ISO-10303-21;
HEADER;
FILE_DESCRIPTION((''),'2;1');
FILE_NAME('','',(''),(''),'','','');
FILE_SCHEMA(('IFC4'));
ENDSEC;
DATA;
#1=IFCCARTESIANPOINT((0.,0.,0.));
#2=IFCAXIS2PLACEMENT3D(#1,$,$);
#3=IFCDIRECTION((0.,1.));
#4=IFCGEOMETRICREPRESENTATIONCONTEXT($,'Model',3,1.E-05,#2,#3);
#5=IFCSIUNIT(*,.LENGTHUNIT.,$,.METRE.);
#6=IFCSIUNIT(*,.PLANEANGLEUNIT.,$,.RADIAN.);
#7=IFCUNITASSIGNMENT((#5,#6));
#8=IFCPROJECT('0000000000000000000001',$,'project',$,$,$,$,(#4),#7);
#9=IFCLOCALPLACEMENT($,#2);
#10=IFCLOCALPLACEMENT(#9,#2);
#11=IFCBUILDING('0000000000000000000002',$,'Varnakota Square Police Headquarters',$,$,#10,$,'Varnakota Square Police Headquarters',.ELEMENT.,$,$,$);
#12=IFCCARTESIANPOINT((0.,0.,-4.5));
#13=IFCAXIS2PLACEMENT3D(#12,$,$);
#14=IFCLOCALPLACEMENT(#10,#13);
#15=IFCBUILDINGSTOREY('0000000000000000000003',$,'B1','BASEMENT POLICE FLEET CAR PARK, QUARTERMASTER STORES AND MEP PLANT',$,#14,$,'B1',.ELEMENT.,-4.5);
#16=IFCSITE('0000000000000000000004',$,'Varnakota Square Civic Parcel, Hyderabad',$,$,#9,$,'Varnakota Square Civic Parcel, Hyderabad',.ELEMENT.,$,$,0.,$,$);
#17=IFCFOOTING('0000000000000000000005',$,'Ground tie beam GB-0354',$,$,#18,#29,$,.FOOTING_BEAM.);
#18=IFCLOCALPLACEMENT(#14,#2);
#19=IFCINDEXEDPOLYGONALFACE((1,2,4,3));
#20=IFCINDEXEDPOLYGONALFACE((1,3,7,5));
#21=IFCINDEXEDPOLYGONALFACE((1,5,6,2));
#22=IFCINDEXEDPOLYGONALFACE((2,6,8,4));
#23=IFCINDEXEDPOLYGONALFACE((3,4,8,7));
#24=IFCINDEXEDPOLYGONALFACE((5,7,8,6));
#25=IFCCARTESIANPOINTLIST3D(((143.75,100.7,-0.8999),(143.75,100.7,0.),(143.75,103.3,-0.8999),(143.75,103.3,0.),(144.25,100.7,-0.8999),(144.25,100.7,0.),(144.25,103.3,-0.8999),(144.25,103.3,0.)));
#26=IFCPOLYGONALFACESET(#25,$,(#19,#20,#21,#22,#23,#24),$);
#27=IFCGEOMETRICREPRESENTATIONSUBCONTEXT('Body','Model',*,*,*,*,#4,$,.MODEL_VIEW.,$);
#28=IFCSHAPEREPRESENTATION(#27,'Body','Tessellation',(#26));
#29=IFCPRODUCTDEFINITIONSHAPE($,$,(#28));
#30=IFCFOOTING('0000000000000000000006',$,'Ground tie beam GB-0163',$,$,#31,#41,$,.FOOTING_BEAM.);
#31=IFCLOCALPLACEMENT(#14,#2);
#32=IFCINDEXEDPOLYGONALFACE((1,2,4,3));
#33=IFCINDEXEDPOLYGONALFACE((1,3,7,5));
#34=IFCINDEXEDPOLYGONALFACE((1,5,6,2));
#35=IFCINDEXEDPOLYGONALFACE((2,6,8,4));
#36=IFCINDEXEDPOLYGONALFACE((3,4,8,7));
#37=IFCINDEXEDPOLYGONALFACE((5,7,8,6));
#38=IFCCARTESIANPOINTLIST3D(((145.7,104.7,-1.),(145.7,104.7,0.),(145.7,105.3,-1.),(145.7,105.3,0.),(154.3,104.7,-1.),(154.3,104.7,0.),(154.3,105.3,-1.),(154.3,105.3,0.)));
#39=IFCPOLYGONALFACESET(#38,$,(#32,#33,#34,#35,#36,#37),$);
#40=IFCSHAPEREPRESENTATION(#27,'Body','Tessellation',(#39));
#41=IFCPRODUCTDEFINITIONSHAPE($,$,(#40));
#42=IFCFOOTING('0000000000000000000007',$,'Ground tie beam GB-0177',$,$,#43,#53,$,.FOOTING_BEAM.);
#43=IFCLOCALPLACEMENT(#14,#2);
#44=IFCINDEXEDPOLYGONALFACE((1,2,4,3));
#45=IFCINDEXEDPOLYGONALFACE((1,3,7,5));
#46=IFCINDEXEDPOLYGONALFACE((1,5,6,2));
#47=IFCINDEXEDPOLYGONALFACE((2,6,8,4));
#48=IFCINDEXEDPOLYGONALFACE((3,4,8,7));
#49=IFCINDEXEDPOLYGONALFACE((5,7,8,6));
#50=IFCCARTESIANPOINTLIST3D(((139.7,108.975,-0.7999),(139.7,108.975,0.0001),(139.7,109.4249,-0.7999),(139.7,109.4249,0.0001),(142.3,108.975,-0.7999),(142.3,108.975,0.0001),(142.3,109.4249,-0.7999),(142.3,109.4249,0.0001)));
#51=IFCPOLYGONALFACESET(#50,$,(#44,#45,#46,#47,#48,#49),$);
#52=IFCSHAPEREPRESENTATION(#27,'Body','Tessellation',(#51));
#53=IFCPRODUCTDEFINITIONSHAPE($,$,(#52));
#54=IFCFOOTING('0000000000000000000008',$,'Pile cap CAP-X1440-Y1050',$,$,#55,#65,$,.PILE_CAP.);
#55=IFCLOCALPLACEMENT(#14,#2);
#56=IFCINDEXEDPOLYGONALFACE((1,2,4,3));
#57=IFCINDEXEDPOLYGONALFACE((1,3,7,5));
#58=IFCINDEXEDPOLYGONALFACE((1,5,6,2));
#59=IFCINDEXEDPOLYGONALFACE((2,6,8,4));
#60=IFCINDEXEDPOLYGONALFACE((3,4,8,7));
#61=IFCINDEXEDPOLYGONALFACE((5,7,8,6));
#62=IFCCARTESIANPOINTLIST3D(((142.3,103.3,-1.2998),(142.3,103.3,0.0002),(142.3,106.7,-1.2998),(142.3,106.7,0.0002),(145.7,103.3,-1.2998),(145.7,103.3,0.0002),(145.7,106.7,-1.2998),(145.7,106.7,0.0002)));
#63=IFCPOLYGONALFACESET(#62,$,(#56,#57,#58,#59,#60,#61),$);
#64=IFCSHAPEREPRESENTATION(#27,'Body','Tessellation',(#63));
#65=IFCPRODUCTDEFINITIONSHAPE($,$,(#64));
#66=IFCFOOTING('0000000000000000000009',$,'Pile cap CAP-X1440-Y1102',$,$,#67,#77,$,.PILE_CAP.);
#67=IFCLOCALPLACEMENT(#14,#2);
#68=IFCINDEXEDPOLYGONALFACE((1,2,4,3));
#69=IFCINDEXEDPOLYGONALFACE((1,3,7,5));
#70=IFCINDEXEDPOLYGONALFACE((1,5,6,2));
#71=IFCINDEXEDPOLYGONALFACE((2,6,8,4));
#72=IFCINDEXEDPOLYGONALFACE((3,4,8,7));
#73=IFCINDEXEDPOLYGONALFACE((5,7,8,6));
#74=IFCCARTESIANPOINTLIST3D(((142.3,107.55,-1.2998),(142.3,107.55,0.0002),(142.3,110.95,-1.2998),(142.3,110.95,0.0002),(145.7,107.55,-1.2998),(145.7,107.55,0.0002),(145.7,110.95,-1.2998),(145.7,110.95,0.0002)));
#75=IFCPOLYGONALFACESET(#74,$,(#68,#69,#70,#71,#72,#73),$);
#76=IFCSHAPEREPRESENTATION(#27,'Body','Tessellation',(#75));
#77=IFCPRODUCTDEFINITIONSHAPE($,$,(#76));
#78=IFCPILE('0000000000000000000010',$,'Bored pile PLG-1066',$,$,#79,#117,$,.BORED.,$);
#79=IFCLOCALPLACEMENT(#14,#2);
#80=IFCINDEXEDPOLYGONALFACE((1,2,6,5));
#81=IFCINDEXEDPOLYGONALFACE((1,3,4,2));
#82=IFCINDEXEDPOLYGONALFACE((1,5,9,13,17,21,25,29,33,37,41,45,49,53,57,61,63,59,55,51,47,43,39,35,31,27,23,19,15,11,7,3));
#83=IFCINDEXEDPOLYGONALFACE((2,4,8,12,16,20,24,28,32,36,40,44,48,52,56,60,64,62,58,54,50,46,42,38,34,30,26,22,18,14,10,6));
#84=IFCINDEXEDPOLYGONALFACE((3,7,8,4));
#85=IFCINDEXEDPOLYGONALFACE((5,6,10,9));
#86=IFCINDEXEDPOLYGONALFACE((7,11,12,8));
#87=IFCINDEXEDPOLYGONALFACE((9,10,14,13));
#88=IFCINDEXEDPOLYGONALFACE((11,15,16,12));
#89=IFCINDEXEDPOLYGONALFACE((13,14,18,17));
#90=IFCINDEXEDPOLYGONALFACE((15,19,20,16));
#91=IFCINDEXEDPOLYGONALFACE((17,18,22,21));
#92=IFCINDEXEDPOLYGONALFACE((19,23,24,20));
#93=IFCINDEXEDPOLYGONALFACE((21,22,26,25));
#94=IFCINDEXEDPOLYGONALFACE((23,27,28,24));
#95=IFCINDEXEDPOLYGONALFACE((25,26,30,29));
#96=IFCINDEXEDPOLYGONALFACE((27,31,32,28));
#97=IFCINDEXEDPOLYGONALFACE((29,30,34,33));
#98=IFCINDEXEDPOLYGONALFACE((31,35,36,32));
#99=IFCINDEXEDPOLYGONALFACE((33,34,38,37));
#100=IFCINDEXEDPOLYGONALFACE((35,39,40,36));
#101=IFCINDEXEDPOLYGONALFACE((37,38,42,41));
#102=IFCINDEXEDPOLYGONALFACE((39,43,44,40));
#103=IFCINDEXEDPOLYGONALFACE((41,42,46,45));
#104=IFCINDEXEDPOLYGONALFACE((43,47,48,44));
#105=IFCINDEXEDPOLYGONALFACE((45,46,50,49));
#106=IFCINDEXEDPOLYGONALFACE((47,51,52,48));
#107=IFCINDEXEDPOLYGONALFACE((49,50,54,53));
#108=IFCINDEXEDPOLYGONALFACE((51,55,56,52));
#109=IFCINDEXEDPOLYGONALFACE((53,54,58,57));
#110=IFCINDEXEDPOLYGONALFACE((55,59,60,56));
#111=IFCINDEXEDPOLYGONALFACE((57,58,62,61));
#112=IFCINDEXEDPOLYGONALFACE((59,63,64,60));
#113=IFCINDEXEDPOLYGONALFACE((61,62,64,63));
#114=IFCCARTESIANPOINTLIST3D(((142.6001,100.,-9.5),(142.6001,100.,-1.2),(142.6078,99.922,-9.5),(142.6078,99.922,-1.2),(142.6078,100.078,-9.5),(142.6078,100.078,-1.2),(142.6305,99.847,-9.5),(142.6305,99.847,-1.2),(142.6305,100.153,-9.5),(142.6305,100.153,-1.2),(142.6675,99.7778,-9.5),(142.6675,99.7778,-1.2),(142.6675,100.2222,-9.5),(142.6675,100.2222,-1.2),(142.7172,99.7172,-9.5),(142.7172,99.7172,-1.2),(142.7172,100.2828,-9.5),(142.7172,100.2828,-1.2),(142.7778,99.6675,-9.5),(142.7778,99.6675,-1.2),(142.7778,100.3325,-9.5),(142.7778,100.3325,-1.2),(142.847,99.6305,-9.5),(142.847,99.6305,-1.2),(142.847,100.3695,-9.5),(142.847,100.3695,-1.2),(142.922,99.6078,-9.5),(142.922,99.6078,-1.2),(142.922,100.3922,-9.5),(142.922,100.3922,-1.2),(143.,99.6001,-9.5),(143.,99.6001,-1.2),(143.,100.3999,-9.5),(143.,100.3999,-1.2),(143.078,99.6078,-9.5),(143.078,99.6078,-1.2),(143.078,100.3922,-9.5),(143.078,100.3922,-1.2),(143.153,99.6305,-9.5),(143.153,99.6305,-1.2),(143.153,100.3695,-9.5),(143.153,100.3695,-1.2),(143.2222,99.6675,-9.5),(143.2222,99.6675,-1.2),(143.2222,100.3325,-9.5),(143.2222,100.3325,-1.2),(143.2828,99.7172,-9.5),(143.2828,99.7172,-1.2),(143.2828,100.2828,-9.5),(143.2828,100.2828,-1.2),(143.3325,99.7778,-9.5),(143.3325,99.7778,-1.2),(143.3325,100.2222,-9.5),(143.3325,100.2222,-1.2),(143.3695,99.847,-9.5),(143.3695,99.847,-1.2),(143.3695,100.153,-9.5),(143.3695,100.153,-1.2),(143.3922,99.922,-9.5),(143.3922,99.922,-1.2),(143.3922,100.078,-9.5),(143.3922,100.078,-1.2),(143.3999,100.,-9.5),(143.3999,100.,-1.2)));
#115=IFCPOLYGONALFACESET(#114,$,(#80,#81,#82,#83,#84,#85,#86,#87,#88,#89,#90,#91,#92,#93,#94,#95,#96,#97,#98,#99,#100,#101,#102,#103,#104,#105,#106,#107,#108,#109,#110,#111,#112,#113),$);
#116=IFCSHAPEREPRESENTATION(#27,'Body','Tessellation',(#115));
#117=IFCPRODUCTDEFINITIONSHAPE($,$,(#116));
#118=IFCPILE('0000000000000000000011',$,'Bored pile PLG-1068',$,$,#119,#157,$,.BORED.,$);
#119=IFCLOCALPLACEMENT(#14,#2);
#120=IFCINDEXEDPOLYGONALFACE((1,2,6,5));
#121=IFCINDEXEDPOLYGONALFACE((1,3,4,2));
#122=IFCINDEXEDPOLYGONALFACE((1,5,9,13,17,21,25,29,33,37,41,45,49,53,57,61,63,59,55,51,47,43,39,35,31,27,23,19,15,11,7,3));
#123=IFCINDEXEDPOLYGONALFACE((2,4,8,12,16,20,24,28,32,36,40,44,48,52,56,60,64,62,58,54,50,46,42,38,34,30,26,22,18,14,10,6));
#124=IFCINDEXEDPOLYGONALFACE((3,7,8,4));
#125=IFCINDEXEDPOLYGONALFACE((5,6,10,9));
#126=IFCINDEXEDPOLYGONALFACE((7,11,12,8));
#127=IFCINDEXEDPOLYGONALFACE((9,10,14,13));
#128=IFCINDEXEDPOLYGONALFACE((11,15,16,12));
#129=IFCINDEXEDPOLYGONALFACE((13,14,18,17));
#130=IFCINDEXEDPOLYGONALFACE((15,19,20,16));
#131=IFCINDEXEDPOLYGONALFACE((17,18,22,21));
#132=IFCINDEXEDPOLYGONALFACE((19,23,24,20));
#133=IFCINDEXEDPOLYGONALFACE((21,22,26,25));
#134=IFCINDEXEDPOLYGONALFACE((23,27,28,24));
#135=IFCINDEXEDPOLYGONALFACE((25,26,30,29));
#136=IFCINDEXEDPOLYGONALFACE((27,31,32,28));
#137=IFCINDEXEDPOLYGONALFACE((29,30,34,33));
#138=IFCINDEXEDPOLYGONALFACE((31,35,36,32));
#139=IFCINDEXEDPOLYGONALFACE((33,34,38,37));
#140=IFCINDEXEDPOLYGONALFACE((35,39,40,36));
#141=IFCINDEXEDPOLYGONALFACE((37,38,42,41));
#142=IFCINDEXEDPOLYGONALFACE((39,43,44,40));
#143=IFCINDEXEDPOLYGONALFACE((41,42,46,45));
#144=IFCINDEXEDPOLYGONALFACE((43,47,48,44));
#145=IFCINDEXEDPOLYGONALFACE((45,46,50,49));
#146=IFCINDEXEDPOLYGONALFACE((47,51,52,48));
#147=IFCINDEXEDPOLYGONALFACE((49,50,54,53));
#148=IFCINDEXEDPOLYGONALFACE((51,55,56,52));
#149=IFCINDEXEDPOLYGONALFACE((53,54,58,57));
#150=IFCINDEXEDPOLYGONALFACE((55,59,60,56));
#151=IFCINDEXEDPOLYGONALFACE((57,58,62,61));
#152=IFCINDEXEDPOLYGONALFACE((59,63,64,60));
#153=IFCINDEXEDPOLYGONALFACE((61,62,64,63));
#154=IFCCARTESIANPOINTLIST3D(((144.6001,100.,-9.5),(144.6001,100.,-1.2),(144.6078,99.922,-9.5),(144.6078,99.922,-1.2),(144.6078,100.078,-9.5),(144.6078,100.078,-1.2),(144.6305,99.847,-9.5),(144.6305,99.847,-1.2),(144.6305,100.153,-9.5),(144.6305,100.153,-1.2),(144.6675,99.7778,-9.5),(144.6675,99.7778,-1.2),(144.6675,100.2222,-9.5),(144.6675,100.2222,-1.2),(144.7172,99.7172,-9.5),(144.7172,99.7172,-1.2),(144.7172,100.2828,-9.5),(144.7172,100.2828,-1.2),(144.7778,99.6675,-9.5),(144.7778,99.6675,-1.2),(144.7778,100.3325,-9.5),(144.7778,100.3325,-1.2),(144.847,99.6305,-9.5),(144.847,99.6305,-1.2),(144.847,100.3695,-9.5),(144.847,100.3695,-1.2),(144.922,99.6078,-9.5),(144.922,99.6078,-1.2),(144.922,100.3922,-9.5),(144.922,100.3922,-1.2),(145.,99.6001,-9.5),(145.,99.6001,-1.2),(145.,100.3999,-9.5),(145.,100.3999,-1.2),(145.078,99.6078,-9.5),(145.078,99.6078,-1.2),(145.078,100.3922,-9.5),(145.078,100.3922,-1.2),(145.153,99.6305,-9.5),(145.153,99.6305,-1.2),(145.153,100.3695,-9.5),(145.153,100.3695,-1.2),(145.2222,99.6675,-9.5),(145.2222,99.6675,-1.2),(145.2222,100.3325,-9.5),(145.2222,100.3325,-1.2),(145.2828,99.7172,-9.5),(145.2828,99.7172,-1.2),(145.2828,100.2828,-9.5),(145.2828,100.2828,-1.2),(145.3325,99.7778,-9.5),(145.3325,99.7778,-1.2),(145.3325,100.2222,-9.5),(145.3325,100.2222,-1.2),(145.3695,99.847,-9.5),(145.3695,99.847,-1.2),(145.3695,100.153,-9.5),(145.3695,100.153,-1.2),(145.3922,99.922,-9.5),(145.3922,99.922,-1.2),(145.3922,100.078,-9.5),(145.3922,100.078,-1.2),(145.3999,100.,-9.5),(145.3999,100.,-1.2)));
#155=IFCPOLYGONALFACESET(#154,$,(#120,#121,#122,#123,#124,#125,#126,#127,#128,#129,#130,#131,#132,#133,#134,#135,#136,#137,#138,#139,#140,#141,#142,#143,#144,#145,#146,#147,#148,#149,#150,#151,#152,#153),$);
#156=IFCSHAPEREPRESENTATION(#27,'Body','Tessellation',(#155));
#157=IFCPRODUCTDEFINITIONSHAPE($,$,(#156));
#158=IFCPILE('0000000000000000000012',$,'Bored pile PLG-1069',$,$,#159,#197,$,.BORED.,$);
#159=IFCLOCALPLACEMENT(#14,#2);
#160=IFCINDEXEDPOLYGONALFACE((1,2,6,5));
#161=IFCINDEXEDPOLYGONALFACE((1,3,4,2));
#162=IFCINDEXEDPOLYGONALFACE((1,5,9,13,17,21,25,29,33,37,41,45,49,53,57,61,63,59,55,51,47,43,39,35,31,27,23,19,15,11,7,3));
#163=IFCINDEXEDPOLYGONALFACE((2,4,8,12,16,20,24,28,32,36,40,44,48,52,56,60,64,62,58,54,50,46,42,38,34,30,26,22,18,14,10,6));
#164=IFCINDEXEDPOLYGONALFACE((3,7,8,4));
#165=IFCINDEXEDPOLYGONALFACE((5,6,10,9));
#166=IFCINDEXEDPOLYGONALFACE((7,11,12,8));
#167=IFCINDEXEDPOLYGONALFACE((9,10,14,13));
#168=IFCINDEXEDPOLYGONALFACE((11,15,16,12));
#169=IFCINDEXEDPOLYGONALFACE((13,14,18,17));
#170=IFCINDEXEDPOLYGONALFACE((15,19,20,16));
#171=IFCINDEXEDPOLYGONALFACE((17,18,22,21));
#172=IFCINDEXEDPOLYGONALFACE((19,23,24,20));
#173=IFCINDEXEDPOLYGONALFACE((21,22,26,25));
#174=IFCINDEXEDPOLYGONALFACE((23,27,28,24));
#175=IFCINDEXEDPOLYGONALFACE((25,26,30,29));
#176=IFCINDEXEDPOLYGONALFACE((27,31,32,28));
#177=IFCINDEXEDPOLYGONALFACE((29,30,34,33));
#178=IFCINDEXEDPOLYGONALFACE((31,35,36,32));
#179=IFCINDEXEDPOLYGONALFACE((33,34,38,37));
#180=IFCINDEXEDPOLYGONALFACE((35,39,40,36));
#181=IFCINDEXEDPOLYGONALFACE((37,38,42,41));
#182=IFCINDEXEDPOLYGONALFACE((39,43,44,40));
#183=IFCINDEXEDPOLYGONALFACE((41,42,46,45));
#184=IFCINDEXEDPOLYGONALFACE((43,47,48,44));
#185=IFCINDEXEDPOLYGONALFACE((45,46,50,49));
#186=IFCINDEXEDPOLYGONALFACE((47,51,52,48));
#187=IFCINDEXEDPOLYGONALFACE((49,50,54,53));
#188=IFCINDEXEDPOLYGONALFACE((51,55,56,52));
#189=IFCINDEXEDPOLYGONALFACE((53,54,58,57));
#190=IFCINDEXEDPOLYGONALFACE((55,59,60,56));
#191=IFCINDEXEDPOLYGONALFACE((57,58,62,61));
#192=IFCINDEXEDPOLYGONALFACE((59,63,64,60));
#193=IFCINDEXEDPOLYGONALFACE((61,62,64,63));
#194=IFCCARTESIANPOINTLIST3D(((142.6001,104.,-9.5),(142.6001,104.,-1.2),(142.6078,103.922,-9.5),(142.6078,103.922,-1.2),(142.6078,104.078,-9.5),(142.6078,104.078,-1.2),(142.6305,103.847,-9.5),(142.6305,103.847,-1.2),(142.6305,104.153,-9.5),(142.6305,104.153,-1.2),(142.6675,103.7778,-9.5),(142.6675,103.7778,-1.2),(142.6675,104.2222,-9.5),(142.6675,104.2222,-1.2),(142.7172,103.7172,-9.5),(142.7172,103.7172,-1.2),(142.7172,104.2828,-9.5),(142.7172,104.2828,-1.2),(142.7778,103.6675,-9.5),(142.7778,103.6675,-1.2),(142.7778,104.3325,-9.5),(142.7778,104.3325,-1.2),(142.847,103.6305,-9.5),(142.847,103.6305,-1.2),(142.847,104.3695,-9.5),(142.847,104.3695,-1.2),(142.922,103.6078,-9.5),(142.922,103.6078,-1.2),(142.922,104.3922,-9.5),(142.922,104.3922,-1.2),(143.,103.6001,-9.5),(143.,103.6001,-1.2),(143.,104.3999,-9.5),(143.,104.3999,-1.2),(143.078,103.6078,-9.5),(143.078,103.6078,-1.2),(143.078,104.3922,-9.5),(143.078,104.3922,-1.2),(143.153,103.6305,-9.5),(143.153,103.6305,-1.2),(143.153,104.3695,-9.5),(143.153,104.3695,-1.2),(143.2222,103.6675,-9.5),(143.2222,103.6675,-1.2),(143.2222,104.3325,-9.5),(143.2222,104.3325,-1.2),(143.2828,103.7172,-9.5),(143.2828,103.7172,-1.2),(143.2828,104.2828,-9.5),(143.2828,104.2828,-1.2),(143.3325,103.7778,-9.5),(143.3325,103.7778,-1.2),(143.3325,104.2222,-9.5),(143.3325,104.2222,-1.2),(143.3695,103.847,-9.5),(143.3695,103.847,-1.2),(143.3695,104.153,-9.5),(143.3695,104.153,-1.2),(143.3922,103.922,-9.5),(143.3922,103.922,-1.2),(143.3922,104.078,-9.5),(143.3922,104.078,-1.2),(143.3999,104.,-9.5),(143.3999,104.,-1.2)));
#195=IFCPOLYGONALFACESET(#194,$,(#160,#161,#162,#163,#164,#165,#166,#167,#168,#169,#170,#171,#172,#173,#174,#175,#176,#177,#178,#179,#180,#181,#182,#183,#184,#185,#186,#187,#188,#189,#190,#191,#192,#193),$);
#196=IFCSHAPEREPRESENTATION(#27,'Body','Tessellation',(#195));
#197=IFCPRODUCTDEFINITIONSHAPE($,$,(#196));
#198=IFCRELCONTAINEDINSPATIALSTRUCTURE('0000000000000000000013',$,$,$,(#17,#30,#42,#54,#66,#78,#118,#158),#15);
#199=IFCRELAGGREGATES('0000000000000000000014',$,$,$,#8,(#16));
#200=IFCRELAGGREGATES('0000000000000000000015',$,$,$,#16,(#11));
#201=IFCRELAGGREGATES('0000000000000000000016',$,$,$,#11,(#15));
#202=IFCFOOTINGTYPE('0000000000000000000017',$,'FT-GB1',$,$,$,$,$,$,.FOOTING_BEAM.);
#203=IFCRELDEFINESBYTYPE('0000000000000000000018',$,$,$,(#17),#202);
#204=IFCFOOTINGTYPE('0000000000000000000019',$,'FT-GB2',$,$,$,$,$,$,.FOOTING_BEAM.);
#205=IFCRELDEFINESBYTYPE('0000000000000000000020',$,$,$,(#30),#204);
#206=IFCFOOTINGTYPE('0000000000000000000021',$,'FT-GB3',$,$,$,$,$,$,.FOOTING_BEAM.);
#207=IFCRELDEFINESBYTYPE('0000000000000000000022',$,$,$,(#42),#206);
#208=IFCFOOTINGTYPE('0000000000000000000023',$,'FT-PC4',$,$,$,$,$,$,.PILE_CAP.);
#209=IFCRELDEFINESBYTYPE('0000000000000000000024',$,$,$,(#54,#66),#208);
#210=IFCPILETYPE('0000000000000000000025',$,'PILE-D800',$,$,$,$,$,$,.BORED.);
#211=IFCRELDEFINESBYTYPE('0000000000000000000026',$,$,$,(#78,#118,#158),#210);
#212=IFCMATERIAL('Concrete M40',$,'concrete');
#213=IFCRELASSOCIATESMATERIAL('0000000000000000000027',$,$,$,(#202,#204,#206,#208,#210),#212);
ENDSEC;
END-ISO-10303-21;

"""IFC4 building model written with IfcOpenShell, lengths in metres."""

from ifc_helpers import new_model, si_unit, direction, frame, origin, origin_2d, place, context, subcontext, project, spatial, rectangle, circle, extrude, material, material_profile, profile_set, type_object, element, save


model = new_model("IFC4")

# Units and contexts
model_context = context("Model", 3, precision=1e-05, world=origin(), true_north=direction((0.0, 1.0)))
body_context = subcontext(model_context, "Body", "Model", "MODEL_VIEW")
ifc_project = project(units=[si_unit("LENGTHUNIT", "METRE"), si_unit("PLANEANGLEUNIT", "RADIAN")], contexts=[model_context])

# Site, building, storey
site_placement = place(None, origin())
site = spatial("IfcSite", under=ifc_project, at=site_placement, Name="Varnakota Square Civic Parcel, Hyderabad", LongName="Varnakota Square Civic Parcel, Hyderabad", CompositionType="ELEMENT", RefElevation=0.0)
building_placement = place(site_placement, origin())
building = spatial("IfcBuilding", under=site, at=building_placement, Name="Varnakota Square Police Headquarters", LongName="Varnakota Square Police Headquarters", CompositionType="ELEMENT")
storey_placement = place(building_placement, frame((0.0, 0.0, -4.5)))
storey = spatial("IfcBuildingStorey", under=building, at=storey_placement, Name="B1", Description="BASEMENT POLICE FLEET CAR PARK, QUARTERMASTER STORES AND MEP PLANT", LongName="B1", CompositionType="ELEMENT", Elevation=-4.5)

# Footings
ifc_material_1 = material(Name="Concrete M40", Category="concrete")
ifc_material_profile_1 = material_profile(ifc_material_1, rectangle(XDim=0.5, YDim=0.8999, at=origin_2d()), Name="GB 500x900")
ifc_profile_set_1 = profile_set([ifc_material_profile_1], Name="Concrete M40")
footing_type_1 = type_object("IfcFootingType", Name="FT-GB1", PredefinedType="FOOTING_BEAM", material=ifc_profile_set_1)
footing_1_placement = place(storey_placement, frame((144.0, 100.7, -0.45), z_axis=(0.0, 1.0, 0.0), x_axis=(-1.0, 0.0, 0.0)))
element("IfcFooting", 1, at=footing_1_placement, inside=storey, type_object=footing_type_1, Name="Ground tie beam GB-0354", PredefinedType="FOOTING_BEAM", context=body_context, shape_type="SweptSolid", body=[
    extrude(rectangle(XDim=0.5, YDim=0.8999, at=origin_2d()), origin(), (0.0, 0.0, 1.0), 2.6001),
])
ifc_material_profile_2 = material_profile(ifc_material_1, rectangle(XDim=0.6001, YDim=1.0, at=origin_2d()), Name="GB 600x1000")
ifc_profile_set_2 = profile_set([ifc_material_profile_2], Name="Concrete M40")
footing_type_2 = type_object("IfcFootingType", Name="FT-GB2", PredefinedType="FOOTING_BEAM", material=ifc_profile_set_2)
footing_2_placement = place(storey_placement, frame((145.7, 105.0, -0.5), z_axis=(1.0, 0.0, 0.0), x_axis=(0.0, 1.0, 0.0)))
element("IfcFooting", 2, at=footing_2_placement, inside=storey, type_object=footing_type_2, Name="Ground tie beam GB-0163", PredefinedType="FOOTING_BEAM", context=body_context, shape_type="SweptSolid", body=[
    extrude(rectangle(XDim=0.6001, YDim=1.0, at=origin_2d()), origin(), (0.0, 0.0, 1.0), 8.6001),
])
ifc_material_profile_3 = material_profile(ifc_material_1, rectangle(XDim=0.45, YDim=0.8, at=origin_2d()), Name="GB 450x800")
ifc_profile_set_3 = profile_set([ifc_material_profile_3], Name="Concrete M40")
footing_type_3 = type_object("IfcFootingType", Name="FT-GB3", PredefinedType="FOOTING_BEAM", material=ifc_profile_set_3)
footing_3_placement = place(storey_placement, frame((139.7, 109.2, -0.3999), z_axis=(1.0, 0.0, 0.0), x_axis=(0.0, 1.0, 0.0)))
element("IfcFooting", 3, at=footing_3_placement, inside=storey, type_object=footing_type_3, Name="Ground tie beam GB-0177", PredefinedType="FOOTING_BEAM", context=body_context, shape_type="SweptSolid", body=[
    extrude(rectangle(XDim=0.45, YDim=0.8, at=origin_2d()), origin(), (0.0, 0.0, 1.0), 2.6001),
])
footing_type_4 = type_object("IfcFootingType", Name="FT-PC4", PredefinedType="PILE_CAP", material=ifc_material_1)
for number, where, z_axis, x_axis, name in (
    (4, (144.0, 105.0, -1.2998), (0.0, 0.0, 1.0), (1.0, 0.0, 0.0), "Pile cap CAP-X1440-Y1050"),
    (5, (144.0, 109.25, -1.2998), (0.0, 0.0, 1.0), (1.0, 0.0, 0.0), "Pile cap CAP-X1440-Y1102"),
):
    element("IfcFooting", number, at=place(storey_placement, frame(where, z_axis=z_axis, x_axis=x_axis)), inside=storey, type_object=footing_type_4, Name=name, PredefinedType="PILE_CAP", context=body_context, shape_type="SweptSolid", body=[
        extrude(rectangle(XDim=3.3999, YDim=3.3999, at=origin_2d()), origin(), (0.0, 0.0, 1.0), 1.3),
    ])

# Piles
ifc_material_profile_4 = material_profile(ifc_material_1, circle(Radius=0.3999, at=origin_2d()), Name="BORED PILE 800")
ifc_profile_set_4 = profile_set([ifc_material_profile_4], Name="Concrete M40")
pile_type = type_object("IfcPileType", Name="PILE-D800", PredefinedType="BORED", material=ifc_profile_set_4)
for number, where, z_axis, x_axis, name in (
    (6, (143.0, 100.0, -1.2), (0.0, 0.0, -1.0), (1.0, 0.0, 0.0), "Bored pile PLG-1066"),
    (7, (145.0, 100.0, -1.2), (0.0, 0.0, -1.0), (1.0, 0.0, 0.0), "Bored pile PLG-1068"),
    (8, (143.0, 104.0, -1.2), (0.0, 0.0, -1.0), (1.0, 0.0, 0.0), "Bored pile PLG-1069"),
):
    element("IfcPile", number, at=place(storey_placement, frame(where, z_axis=z_axis, x_axis=x_axis)), inside=storey, type_object=pile_type, Name=name, PredefinedType="BORED", context=body_context, shape_type="SweptSolid", body=[
        extrude(circle(Radius=0.3999, at=origin_2d()), origin(), (0.0, 0.0, 1.0), 8.3),
    ])

save(model, "model.ifc")
